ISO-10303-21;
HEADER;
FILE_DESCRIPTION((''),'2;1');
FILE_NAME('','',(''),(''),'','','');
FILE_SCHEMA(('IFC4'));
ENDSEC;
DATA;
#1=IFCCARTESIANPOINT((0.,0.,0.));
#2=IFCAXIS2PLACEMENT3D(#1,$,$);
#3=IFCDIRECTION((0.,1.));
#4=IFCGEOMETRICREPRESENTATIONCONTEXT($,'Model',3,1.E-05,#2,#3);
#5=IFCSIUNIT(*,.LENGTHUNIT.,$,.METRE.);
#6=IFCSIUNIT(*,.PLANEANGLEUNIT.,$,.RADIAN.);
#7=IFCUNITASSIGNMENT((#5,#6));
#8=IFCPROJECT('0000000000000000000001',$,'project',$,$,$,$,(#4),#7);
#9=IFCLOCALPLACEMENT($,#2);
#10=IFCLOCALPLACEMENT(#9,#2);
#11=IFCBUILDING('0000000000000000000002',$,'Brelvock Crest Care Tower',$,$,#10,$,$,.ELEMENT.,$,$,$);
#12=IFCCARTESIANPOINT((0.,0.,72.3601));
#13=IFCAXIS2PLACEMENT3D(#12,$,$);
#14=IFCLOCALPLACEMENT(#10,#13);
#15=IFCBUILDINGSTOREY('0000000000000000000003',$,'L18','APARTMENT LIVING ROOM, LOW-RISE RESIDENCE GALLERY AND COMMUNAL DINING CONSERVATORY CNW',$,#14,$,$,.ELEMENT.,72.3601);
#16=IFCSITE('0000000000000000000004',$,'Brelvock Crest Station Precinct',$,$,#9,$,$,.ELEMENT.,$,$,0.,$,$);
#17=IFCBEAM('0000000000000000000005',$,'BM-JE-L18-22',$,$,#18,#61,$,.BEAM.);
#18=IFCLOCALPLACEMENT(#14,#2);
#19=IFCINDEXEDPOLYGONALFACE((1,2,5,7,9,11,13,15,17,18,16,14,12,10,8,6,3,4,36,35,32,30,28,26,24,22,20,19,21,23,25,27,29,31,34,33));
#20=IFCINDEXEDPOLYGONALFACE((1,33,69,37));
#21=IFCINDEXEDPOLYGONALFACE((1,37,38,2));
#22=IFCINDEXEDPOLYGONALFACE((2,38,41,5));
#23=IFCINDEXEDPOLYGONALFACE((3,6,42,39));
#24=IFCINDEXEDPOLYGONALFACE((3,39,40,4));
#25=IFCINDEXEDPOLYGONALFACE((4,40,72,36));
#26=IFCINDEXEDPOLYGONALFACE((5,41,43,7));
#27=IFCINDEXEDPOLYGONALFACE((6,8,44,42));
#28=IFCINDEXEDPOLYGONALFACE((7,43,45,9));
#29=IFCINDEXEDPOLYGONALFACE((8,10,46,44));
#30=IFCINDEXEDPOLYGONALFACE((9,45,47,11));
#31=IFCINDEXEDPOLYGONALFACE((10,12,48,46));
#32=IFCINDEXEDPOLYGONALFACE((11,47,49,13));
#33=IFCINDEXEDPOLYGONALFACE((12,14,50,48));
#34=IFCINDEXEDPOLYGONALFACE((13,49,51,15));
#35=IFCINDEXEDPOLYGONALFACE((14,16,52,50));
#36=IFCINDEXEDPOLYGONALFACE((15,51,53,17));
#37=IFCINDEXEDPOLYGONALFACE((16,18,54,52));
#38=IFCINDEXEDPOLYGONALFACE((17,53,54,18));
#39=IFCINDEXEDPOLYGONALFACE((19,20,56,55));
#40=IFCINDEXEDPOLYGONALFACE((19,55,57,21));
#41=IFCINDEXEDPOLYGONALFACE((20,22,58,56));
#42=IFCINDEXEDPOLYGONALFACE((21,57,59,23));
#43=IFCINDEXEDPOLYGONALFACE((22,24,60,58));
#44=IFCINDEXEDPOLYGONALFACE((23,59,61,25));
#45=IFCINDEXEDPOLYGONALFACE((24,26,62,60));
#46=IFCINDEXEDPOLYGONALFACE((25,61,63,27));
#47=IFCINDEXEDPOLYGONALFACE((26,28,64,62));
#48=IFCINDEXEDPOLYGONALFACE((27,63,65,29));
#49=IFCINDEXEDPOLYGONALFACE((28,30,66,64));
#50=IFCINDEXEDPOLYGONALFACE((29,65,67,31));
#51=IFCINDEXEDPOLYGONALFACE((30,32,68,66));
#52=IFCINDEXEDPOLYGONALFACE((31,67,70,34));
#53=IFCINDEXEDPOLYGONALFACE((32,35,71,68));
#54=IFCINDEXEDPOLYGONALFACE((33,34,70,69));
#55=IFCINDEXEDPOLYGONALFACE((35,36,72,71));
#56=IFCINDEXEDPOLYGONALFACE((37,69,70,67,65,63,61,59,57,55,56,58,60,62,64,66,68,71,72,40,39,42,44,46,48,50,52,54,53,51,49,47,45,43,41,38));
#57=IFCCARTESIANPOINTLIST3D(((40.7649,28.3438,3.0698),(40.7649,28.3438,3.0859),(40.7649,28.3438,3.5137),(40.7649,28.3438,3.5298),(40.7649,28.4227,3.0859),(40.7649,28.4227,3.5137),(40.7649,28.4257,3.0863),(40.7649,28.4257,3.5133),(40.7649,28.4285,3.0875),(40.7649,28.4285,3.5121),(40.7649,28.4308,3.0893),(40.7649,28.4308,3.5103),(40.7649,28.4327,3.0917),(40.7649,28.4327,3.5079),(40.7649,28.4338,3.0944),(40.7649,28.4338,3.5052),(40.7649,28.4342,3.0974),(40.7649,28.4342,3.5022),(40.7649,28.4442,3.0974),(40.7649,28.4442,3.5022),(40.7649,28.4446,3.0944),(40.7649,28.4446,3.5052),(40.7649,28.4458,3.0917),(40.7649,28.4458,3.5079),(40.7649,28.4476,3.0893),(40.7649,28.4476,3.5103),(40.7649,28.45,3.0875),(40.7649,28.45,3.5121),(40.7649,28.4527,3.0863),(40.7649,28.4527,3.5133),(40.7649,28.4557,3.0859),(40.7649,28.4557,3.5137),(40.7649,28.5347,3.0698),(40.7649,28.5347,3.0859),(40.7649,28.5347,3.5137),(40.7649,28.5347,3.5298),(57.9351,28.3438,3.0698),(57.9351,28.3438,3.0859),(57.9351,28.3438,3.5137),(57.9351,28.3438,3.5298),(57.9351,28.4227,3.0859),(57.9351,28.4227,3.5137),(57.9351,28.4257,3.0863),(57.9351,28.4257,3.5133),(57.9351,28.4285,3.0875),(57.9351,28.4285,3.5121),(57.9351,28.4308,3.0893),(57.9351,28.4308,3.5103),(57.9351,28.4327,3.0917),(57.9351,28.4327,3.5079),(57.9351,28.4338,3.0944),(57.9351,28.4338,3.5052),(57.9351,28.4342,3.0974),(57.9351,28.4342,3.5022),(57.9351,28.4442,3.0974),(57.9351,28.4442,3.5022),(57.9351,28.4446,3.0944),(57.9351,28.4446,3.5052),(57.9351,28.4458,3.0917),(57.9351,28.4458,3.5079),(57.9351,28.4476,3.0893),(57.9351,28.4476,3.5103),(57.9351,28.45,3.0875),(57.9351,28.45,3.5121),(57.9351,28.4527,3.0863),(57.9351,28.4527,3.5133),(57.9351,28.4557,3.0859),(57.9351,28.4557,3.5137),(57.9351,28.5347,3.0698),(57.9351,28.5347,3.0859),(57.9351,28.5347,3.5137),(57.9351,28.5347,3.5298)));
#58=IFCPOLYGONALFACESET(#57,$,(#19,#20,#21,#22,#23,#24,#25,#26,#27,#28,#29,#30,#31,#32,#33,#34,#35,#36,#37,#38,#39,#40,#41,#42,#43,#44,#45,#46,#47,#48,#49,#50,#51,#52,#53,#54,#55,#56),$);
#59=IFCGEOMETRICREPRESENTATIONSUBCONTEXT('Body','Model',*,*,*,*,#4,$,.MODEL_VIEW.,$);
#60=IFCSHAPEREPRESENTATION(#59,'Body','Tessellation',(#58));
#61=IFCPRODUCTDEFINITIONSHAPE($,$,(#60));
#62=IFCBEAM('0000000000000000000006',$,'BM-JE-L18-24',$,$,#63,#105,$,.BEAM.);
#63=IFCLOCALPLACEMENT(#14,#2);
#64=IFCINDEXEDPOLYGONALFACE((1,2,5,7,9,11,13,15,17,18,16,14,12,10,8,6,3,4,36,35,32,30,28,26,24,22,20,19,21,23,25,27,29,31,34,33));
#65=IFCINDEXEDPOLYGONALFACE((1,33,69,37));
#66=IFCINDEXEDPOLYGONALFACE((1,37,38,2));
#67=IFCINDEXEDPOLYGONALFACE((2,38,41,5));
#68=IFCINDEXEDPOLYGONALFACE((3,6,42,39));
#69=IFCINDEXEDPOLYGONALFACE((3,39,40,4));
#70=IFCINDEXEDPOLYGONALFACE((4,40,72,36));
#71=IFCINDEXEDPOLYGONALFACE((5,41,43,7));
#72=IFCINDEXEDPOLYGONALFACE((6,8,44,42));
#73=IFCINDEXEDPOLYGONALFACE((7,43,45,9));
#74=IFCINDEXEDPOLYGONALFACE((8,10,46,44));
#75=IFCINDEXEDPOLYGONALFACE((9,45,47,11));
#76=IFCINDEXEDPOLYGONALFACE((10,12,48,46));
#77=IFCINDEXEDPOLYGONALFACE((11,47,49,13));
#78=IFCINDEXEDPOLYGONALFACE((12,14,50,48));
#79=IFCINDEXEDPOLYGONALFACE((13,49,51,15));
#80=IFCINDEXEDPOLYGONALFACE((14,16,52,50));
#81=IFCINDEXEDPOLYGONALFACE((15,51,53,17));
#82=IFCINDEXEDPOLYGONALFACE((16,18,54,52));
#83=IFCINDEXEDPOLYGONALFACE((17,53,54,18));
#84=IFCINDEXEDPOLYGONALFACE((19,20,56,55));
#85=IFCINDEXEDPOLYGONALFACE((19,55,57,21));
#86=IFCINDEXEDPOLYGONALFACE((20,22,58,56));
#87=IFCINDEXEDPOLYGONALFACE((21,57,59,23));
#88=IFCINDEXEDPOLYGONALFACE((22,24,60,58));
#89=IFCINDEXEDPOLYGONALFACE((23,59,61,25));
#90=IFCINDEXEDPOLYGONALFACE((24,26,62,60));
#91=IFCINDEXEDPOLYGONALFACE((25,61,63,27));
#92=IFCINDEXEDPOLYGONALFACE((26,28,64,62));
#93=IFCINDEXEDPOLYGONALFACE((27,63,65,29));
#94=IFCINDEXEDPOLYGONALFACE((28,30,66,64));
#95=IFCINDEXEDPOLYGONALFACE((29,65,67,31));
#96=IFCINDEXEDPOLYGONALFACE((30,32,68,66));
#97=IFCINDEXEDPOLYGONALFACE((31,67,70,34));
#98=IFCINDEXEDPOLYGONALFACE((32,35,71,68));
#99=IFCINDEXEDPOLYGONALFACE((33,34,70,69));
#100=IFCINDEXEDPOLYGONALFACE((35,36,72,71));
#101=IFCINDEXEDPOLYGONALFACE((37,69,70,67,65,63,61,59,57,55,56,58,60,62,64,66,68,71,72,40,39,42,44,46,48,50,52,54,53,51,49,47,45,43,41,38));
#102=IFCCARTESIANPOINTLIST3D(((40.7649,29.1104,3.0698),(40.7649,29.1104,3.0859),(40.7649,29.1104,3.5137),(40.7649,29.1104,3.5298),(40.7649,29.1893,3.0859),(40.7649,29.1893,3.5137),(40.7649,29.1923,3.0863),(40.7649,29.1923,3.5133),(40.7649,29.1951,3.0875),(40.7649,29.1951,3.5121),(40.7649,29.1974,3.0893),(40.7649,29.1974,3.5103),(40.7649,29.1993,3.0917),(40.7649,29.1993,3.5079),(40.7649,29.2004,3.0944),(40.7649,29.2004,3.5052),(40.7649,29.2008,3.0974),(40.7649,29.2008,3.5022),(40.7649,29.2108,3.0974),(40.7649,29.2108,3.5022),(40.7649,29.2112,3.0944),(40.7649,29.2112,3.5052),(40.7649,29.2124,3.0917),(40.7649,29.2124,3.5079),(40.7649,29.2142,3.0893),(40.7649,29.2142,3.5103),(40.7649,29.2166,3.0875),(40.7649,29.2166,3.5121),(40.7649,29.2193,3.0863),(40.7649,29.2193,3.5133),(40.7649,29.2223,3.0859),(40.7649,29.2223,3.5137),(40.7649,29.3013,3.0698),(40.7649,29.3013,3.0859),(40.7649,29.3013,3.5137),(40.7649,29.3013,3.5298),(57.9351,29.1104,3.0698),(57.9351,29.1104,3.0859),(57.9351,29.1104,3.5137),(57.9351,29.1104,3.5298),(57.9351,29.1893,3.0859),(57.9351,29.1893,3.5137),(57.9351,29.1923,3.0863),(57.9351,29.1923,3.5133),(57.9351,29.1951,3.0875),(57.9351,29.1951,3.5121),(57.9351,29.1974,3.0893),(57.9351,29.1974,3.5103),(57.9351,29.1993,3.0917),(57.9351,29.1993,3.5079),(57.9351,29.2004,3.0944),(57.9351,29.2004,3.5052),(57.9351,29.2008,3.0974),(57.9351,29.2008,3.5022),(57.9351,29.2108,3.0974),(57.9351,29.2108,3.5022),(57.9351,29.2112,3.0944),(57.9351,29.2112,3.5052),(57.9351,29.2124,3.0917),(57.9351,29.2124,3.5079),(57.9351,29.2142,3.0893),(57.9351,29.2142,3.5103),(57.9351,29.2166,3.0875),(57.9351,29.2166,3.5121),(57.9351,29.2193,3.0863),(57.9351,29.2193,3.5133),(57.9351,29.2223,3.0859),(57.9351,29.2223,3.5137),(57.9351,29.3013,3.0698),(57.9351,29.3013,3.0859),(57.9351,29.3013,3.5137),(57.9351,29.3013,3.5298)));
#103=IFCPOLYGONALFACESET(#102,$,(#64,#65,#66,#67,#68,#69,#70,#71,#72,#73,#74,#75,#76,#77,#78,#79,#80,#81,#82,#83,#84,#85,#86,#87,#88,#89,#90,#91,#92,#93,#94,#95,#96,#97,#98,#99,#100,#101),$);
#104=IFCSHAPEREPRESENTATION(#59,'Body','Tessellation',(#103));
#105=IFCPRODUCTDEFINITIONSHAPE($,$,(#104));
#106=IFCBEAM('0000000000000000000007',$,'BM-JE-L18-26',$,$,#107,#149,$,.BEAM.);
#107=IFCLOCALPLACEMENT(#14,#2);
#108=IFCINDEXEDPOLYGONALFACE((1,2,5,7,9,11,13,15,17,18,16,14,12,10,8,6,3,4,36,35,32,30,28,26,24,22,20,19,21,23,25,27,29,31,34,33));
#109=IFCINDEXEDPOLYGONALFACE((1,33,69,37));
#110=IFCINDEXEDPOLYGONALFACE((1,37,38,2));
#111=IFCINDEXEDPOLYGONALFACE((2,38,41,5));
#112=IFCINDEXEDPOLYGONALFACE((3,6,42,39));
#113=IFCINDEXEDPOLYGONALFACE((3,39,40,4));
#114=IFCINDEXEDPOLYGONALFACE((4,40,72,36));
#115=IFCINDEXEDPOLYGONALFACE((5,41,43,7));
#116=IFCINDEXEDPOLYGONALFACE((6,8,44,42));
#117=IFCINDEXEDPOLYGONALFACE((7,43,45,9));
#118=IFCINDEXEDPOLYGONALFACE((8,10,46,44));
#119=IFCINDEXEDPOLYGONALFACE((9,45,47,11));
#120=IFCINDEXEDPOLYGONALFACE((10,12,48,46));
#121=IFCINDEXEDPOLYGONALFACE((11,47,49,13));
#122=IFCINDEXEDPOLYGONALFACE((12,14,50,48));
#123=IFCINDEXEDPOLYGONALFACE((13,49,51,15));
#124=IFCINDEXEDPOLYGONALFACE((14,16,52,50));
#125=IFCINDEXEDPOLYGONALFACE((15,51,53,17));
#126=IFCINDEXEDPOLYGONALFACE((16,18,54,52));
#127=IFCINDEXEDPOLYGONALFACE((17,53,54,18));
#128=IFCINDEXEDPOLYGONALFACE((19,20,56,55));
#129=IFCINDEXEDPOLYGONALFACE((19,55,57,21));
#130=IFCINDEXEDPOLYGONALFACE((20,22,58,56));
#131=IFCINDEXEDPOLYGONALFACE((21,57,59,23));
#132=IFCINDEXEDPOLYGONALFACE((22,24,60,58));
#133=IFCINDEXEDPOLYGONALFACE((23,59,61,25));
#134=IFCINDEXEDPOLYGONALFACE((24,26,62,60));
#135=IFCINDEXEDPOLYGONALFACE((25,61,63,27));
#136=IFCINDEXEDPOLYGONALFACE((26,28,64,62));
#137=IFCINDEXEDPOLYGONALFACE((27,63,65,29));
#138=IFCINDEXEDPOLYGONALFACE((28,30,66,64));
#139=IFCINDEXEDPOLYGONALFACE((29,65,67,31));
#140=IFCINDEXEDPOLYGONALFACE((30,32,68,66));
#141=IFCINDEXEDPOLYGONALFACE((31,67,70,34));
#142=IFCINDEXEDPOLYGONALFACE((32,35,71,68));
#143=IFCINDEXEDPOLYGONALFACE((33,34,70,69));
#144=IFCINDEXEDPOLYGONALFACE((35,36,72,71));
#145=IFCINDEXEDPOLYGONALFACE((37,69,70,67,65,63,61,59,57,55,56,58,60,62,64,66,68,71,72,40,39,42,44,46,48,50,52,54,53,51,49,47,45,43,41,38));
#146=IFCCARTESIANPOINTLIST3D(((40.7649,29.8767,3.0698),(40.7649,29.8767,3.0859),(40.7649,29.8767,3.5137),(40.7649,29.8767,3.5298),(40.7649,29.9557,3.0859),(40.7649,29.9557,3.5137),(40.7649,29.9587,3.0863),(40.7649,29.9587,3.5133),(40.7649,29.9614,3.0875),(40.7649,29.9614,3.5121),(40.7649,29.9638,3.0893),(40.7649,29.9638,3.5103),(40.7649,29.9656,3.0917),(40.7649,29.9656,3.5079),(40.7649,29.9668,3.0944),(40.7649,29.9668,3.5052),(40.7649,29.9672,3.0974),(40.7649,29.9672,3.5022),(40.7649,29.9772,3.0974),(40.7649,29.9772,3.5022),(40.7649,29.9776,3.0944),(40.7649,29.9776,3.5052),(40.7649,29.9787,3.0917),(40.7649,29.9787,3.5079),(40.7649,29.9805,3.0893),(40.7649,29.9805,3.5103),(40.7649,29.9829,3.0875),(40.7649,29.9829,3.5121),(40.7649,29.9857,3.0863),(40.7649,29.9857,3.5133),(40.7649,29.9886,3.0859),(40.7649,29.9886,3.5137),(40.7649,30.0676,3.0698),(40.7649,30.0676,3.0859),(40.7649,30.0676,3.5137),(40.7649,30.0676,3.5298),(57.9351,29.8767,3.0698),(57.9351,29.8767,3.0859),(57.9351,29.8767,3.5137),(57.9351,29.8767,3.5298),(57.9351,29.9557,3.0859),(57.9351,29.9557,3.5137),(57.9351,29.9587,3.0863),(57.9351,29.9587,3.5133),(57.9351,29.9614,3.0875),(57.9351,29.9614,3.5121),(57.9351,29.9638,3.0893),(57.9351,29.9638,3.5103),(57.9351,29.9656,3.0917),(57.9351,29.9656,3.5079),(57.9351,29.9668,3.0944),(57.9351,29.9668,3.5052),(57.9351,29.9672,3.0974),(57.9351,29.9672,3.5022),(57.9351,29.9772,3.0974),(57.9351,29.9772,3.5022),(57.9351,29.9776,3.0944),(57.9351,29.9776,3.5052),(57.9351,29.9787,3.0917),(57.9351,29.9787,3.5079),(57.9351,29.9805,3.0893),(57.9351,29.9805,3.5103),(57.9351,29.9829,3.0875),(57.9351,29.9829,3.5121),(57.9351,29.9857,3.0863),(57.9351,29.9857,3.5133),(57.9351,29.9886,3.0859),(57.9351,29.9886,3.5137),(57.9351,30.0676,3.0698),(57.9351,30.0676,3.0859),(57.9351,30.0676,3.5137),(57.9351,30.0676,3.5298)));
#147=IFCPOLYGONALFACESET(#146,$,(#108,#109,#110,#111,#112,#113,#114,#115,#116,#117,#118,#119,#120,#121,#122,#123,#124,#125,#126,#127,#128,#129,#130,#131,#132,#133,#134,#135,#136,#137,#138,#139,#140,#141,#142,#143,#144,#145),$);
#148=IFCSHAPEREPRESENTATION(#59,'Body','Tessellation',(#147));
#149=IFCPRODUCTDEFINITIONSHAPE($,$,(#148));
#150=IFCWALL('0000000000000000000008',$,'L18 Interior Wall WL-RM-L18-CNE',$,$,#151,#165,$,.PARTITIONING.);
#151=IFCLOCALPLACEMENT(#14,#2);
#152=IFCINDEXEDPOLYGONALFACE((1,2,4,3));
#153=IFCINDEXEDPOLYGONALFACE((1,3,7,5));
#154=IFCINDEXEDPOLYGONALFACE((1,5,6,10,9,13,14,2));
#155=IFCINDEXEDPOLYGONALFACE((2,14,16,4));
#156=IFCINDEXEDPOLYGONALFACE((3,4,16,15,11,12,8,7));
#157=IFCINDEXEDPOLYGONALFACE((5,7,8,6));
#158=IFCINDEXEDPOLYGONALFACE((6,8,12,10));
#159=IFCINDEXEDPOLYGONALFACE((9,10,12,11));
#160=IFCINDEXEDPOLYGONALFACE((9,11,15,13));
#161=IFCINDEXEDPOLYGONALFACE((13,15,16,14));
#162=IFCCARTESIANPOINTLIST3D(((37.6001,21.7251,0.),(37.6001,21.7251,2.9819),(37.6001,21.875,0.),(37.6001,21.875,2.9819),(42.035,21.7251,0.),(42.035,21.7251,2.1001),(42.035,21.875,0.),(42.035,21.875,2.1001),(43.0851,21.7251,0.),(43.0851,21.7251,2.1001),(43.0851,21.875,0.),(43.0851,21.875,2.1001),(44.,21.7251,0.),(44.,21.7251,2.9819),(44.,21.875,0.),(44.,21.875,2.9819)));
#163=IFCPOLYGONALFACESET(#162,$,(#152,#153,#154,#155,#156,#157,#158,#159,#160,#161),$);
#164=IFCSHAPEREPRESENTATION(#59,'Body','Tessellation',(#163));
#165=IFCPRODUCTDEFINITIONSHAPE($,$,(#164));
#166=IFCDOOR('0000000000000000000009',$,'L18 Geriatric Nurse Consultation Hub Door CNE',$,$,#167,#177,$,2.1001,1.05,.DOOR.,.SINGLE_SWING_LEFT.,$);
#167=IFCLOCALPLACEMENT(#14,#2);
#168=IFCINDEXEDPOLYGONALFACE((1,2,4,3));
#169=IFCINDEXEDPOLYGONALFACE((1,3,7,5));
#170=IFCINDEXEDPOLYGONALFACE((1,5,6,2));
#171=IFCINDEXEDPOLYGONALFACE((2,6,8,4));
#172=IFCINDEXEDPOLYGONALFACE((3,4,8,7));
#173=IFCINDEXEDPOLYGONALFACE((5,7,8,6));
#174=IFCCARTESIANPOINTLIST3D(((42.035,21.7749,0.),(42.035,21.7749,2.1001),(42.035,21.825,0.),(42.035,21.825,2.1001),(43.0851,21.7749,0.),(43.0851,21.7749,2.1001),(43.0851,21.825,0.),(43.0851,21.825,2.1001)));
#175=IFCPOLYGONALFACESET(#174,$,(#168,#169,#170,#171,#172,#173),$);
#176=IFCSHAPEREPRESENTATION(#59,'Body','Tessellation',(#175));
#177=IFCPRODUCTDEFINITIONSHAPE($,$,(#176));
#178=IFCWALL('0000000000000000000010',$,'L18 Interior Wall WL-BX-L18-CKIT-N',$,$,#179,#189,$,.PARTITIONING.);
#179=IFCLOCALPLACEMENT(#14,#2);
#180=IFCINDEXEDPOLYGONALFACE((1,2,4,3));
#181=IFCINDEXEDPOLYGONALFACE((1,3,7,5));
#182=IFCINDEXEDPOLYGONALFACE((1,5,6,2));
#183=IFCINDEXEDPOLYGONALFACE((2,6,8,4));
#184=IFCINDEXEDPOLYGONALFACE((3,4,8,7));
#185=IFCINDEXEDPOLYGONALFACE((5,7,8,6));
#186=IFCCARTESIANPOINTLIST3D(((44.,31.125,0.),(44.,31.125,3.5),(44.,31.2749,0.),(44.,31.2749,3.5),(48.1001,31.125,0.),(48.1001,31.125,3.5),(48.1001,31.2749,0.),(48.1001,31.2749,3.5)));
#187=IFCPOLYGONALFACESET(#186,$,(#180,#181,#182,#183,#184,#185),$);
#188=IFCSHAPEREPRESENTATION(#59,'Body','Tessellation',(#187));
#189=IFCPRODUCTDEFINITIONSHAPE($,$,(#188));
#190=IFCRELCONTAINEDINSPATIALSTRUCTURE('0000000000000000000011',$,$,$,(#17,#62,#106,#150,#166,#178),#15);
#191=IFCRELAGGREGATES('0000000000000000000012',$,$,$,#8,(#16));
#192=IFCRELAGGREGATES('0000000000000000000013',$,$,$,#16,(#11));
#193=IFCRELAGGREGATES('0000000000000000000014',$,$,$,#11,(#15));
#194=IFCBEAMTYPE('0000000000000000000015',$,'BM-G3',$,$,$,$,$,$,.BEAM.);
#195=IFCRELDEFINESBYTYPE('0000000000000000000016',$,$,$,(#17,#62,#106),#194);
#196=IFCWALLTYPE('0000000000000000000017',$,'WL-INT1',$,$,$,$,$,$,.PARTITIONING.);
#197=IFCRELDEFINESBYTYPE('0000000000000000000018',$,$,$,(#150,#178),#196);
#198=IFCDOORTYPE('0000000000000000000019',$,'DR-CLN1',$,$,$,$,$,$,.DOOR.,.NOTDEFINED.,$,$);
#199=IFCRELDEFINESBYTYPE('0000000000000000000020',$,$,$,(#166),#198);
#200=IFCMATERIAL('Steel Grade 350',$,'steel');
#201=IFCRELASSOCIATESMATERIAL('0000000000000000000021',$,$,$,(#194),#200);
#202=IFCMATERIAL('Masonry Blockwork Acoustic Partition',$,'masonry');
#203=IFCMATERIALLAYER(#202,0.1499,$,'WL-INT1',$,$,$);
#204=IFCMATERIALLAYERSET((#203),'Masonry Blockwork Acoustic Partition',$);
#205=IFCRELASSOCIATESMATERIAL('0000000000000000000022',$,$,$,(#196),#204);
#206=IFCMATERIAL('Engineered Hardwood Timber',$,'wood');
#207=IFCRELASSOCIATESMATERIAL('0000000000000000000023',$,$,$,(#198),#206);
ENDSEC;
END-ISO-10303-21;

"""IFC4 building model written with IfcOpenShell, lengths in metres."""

from ifc_helpers import new_model, si_unit, direction, frame, frame_2d, origin, origin_2d, place, context, subcontext, project, spatial, rectangle, i_section, extrude, source, transform, mapped, material, layer, layer_set, material_profile, profile_set, type_object, element, fill, save


model = new_model("IFC4")

# Units and contexts
model_context = context("Model", 3, precision=1e-05, world=origin(), true_north=direction((0.0, 1.0)))
body_context = subcontext(model_context, "Body", "Model", "MODEL_VIEW")
ifc_project = project(units=[si_unit("LENGTHUNIT", "METRE"), si_unit("PLANEANGLEUNIT", "RADIAN")], contexts=[model_context])

# Site, building, storey
site_placement = place(None, origin())
site = spatial("IfcSite", under=ifc_project, at=site_placement, Name="Brelvock Crest Station Precinct", CompositionType="ELEMENT", RefElevation=0.0)
building_placement = place(site_placement, origin())
building = spatial("IfcBuilding", under=site, at=building_placement, Name="Brelvock Crest Care Tower", CompositionType="ELEMENT")
storey_placement = place(building_placement, frame((0.0, 0.0, 72.3601)))
storey = spatial("IfcBuildingStorey", under=building, at=storey_placement, Name="L18", Description="APARTMENT LIVING ROOM, LOW-RISE RESIDENCE GALLERY AND COMMUNAL DINING CONSERVATORY CNW", CompositionType="ELEMENT", Elevation=72.3601)

# Beams
ifc_material_1 = material(Name="Steel Grade 350", Category="steel")
ifc_material_profile_1 = material_profile(ifc_material_1, i_section(OverallWidth=0.1909, OverallDepth=0.46, WebThickness=0.01, FlangeThickness=0.0161, FilletRadius=0.0115, at=origin_2d()), Name="460UB82.1")
ifc_profile_set_1 = profile_set([ifc_material_profile_1], Name="Steel Grade 350")
beam_type_1 = type_object("IfcBeamType", Name="BM-G3", PredefinedType="BEAM", material=ifc_profile_set_1)
shared_shape_1 = source(origin(), body_context, "Body", "SweptSolid", [
    extrude(i_section(OverallWidth=0.1909, OverallDepth=0.46, WebThickness=0.01, FlangeThickness=0.0161, FilletRadius=0.0115, at=origin_2d()), origin(), (0.0, 0.0, 1.0), 17.1702),
])
for number, where, z_axis, x_axis, name in (
    (1, (40.7649, 28.4392, 3.2998), (1.0, 0.0, 0.0), (0.0, 1.0, 0.0), "BM-JE-L18-22"),
    (2, (40.7649, 29.2058, 3.2998), (1.0, 0.0, 0.0), (0.0, 1.0, 0.0), "BM-JE-L18-24"),
    (3, (40.7649, 29.9722, 3.2998), (1.0, 0.0, 0.0), (0.0, 1.0, 0.0), "BM-JE-L18-26"),
):
    element("IfcBeam", number, at=place(storey_placement, frame(where, z_axis=z_axis, x_axis=x_axis)), inside=storey, type_object=beam_type_1, Name=name, PredefinedType="BEAM", context=body_context, shape_type="MappedRepresentation", body=[
        mapped(shared_shape_1, transform((0.0, 0.0, 0.0), x_axis=(1.0, 0.0, 0.0), y_axis=(0.0, 1.0, 0.0), z_axis=(0.0, 0.0, 1.0), scale=1.0)),
    ])

# Wall, opening, door
ifc_material_2 = material(Name="Masonry Blockwork Acoustic Partition", Category="masonry")
ifc_layer_1 = layer(ifc_material_2, 0.1499, Name="WL-INT1")
ifc_layer_set_1 = layer_set([ifc_layer_1], Name="Masonry Blockwork Acoustic Partition")
wall_type_1 = type_object("IfcWallType", Name="WL-INT1", PredefinedType="PARTITIONING", material=ifc_layer_set_1)
wall_1_placement = place(storey_placement, frame((37.6001, 21.8, 0.0), z_axis=(0.0, 0.0, 1.0), x_axis=(1.0, 0.0, 0.0)))
wall_1 = element("IfcWall", 4, at=wall_1_placement, inside=storey, type_object=wall_type_1, Name="L18 Interior Wall WL-RM-L18-CNE", PredefinedType="PARTITIONING", context=body_context, shape_type="SweptSolid", body=[
    extrude(rectangle(XDim=6.3999, YDim=0.1499, at=frame_2d((3.2, 0.0))), origin(), (0.0, 0.0, 1.0), 2.9819),
])
opening_1_placement = place(wall_1_placement, frame((4.4351, 0.0, 0.0)))
opening_1 = element("IfcOpeningElement", 5, at=opening_1_placement, cuts=wall_1, PredefinedType="OPENING", context=body_context, shape_type="SweptSolid", body=[
    extrude(rectangle(XDim=1.05, YDim=2.1001, at=origin_2d()), frame((0.5249, 0.085, 1.05), z_axis=(0.0, -1.0, 0.0), x_axis=(1.0, 0.0, 0.0)), (0.0, 0.0, 1.0), 0.1699),
])
ifc_material_3 = material(Name="Engineered Hardwood Timber", Category="wood")
door_type_1 = type_object("IfcDoorType", Name="DR-CLN1", OperationType="NOTDEFINED", PredefinedType="DOOR", material=ifc_material_3)
shared_shape_2 = source(origin(), body_context, "Body", "SweptSolid", [
    extrude(rectangle(XDim=1.05, YDim=2.1001, at=origin_2d()), frame((0.5249, 0.0249, 1.05), z_axis=(0.0, -1.0, 0.0), x_axis=(1.0, 0.0, 0.0)), (0.0, 0.0, 1.0), 0.05),
])
door_1_placement = place(opening_1_placement, origin())
door_1 = element("IfcDoor", 6, at=door_1_placement, inside=storey, type_object=door_type_1, Name="L18 Geriatric Nurse Consultation Hub Door CNE", OperationType="SINGLE_SWING_LEFT", OverallHeight=2.1001, OverallWidth=1.05, PredefinedType="DOOR", context=body_context, shape_type="MappedRepresentation", body=[
    mapped(shared_shape_2, transform((0.0, 0.0, 0.0), x_axis=(1.0, 0.0, 0.0), y_axis=(0.0, 1.0, 0.0), z_axis=(0.0, 0.0, 1.0), scale=1.0)),
])
fill(opening_1, door_1)

# Wall
wall_2_placement = place(storey_placement, frame((44.0, 31.2, 0.0), z_axis=(0.0, 0.0, 1.0), x_axis=(1.0, 0.0, 0.0)))
element("IfcWall", 7, at=wall_2_placement, inside=storey, type_object=wall_type_1, Name="L18 Interior Wall WL-BX-L18-CKIT-N", PredefinedType="PARTITIONING", context=body_context, shape_type="SweptSolid", body=[
    extrude(rectangle(XDim=4.1001, YDim=0.1499, at=frame_2d((2.05, 0.0))), origin(), (0.0, 0.0, 1.0), 3.5),
])

save(model, "model.ifc")
